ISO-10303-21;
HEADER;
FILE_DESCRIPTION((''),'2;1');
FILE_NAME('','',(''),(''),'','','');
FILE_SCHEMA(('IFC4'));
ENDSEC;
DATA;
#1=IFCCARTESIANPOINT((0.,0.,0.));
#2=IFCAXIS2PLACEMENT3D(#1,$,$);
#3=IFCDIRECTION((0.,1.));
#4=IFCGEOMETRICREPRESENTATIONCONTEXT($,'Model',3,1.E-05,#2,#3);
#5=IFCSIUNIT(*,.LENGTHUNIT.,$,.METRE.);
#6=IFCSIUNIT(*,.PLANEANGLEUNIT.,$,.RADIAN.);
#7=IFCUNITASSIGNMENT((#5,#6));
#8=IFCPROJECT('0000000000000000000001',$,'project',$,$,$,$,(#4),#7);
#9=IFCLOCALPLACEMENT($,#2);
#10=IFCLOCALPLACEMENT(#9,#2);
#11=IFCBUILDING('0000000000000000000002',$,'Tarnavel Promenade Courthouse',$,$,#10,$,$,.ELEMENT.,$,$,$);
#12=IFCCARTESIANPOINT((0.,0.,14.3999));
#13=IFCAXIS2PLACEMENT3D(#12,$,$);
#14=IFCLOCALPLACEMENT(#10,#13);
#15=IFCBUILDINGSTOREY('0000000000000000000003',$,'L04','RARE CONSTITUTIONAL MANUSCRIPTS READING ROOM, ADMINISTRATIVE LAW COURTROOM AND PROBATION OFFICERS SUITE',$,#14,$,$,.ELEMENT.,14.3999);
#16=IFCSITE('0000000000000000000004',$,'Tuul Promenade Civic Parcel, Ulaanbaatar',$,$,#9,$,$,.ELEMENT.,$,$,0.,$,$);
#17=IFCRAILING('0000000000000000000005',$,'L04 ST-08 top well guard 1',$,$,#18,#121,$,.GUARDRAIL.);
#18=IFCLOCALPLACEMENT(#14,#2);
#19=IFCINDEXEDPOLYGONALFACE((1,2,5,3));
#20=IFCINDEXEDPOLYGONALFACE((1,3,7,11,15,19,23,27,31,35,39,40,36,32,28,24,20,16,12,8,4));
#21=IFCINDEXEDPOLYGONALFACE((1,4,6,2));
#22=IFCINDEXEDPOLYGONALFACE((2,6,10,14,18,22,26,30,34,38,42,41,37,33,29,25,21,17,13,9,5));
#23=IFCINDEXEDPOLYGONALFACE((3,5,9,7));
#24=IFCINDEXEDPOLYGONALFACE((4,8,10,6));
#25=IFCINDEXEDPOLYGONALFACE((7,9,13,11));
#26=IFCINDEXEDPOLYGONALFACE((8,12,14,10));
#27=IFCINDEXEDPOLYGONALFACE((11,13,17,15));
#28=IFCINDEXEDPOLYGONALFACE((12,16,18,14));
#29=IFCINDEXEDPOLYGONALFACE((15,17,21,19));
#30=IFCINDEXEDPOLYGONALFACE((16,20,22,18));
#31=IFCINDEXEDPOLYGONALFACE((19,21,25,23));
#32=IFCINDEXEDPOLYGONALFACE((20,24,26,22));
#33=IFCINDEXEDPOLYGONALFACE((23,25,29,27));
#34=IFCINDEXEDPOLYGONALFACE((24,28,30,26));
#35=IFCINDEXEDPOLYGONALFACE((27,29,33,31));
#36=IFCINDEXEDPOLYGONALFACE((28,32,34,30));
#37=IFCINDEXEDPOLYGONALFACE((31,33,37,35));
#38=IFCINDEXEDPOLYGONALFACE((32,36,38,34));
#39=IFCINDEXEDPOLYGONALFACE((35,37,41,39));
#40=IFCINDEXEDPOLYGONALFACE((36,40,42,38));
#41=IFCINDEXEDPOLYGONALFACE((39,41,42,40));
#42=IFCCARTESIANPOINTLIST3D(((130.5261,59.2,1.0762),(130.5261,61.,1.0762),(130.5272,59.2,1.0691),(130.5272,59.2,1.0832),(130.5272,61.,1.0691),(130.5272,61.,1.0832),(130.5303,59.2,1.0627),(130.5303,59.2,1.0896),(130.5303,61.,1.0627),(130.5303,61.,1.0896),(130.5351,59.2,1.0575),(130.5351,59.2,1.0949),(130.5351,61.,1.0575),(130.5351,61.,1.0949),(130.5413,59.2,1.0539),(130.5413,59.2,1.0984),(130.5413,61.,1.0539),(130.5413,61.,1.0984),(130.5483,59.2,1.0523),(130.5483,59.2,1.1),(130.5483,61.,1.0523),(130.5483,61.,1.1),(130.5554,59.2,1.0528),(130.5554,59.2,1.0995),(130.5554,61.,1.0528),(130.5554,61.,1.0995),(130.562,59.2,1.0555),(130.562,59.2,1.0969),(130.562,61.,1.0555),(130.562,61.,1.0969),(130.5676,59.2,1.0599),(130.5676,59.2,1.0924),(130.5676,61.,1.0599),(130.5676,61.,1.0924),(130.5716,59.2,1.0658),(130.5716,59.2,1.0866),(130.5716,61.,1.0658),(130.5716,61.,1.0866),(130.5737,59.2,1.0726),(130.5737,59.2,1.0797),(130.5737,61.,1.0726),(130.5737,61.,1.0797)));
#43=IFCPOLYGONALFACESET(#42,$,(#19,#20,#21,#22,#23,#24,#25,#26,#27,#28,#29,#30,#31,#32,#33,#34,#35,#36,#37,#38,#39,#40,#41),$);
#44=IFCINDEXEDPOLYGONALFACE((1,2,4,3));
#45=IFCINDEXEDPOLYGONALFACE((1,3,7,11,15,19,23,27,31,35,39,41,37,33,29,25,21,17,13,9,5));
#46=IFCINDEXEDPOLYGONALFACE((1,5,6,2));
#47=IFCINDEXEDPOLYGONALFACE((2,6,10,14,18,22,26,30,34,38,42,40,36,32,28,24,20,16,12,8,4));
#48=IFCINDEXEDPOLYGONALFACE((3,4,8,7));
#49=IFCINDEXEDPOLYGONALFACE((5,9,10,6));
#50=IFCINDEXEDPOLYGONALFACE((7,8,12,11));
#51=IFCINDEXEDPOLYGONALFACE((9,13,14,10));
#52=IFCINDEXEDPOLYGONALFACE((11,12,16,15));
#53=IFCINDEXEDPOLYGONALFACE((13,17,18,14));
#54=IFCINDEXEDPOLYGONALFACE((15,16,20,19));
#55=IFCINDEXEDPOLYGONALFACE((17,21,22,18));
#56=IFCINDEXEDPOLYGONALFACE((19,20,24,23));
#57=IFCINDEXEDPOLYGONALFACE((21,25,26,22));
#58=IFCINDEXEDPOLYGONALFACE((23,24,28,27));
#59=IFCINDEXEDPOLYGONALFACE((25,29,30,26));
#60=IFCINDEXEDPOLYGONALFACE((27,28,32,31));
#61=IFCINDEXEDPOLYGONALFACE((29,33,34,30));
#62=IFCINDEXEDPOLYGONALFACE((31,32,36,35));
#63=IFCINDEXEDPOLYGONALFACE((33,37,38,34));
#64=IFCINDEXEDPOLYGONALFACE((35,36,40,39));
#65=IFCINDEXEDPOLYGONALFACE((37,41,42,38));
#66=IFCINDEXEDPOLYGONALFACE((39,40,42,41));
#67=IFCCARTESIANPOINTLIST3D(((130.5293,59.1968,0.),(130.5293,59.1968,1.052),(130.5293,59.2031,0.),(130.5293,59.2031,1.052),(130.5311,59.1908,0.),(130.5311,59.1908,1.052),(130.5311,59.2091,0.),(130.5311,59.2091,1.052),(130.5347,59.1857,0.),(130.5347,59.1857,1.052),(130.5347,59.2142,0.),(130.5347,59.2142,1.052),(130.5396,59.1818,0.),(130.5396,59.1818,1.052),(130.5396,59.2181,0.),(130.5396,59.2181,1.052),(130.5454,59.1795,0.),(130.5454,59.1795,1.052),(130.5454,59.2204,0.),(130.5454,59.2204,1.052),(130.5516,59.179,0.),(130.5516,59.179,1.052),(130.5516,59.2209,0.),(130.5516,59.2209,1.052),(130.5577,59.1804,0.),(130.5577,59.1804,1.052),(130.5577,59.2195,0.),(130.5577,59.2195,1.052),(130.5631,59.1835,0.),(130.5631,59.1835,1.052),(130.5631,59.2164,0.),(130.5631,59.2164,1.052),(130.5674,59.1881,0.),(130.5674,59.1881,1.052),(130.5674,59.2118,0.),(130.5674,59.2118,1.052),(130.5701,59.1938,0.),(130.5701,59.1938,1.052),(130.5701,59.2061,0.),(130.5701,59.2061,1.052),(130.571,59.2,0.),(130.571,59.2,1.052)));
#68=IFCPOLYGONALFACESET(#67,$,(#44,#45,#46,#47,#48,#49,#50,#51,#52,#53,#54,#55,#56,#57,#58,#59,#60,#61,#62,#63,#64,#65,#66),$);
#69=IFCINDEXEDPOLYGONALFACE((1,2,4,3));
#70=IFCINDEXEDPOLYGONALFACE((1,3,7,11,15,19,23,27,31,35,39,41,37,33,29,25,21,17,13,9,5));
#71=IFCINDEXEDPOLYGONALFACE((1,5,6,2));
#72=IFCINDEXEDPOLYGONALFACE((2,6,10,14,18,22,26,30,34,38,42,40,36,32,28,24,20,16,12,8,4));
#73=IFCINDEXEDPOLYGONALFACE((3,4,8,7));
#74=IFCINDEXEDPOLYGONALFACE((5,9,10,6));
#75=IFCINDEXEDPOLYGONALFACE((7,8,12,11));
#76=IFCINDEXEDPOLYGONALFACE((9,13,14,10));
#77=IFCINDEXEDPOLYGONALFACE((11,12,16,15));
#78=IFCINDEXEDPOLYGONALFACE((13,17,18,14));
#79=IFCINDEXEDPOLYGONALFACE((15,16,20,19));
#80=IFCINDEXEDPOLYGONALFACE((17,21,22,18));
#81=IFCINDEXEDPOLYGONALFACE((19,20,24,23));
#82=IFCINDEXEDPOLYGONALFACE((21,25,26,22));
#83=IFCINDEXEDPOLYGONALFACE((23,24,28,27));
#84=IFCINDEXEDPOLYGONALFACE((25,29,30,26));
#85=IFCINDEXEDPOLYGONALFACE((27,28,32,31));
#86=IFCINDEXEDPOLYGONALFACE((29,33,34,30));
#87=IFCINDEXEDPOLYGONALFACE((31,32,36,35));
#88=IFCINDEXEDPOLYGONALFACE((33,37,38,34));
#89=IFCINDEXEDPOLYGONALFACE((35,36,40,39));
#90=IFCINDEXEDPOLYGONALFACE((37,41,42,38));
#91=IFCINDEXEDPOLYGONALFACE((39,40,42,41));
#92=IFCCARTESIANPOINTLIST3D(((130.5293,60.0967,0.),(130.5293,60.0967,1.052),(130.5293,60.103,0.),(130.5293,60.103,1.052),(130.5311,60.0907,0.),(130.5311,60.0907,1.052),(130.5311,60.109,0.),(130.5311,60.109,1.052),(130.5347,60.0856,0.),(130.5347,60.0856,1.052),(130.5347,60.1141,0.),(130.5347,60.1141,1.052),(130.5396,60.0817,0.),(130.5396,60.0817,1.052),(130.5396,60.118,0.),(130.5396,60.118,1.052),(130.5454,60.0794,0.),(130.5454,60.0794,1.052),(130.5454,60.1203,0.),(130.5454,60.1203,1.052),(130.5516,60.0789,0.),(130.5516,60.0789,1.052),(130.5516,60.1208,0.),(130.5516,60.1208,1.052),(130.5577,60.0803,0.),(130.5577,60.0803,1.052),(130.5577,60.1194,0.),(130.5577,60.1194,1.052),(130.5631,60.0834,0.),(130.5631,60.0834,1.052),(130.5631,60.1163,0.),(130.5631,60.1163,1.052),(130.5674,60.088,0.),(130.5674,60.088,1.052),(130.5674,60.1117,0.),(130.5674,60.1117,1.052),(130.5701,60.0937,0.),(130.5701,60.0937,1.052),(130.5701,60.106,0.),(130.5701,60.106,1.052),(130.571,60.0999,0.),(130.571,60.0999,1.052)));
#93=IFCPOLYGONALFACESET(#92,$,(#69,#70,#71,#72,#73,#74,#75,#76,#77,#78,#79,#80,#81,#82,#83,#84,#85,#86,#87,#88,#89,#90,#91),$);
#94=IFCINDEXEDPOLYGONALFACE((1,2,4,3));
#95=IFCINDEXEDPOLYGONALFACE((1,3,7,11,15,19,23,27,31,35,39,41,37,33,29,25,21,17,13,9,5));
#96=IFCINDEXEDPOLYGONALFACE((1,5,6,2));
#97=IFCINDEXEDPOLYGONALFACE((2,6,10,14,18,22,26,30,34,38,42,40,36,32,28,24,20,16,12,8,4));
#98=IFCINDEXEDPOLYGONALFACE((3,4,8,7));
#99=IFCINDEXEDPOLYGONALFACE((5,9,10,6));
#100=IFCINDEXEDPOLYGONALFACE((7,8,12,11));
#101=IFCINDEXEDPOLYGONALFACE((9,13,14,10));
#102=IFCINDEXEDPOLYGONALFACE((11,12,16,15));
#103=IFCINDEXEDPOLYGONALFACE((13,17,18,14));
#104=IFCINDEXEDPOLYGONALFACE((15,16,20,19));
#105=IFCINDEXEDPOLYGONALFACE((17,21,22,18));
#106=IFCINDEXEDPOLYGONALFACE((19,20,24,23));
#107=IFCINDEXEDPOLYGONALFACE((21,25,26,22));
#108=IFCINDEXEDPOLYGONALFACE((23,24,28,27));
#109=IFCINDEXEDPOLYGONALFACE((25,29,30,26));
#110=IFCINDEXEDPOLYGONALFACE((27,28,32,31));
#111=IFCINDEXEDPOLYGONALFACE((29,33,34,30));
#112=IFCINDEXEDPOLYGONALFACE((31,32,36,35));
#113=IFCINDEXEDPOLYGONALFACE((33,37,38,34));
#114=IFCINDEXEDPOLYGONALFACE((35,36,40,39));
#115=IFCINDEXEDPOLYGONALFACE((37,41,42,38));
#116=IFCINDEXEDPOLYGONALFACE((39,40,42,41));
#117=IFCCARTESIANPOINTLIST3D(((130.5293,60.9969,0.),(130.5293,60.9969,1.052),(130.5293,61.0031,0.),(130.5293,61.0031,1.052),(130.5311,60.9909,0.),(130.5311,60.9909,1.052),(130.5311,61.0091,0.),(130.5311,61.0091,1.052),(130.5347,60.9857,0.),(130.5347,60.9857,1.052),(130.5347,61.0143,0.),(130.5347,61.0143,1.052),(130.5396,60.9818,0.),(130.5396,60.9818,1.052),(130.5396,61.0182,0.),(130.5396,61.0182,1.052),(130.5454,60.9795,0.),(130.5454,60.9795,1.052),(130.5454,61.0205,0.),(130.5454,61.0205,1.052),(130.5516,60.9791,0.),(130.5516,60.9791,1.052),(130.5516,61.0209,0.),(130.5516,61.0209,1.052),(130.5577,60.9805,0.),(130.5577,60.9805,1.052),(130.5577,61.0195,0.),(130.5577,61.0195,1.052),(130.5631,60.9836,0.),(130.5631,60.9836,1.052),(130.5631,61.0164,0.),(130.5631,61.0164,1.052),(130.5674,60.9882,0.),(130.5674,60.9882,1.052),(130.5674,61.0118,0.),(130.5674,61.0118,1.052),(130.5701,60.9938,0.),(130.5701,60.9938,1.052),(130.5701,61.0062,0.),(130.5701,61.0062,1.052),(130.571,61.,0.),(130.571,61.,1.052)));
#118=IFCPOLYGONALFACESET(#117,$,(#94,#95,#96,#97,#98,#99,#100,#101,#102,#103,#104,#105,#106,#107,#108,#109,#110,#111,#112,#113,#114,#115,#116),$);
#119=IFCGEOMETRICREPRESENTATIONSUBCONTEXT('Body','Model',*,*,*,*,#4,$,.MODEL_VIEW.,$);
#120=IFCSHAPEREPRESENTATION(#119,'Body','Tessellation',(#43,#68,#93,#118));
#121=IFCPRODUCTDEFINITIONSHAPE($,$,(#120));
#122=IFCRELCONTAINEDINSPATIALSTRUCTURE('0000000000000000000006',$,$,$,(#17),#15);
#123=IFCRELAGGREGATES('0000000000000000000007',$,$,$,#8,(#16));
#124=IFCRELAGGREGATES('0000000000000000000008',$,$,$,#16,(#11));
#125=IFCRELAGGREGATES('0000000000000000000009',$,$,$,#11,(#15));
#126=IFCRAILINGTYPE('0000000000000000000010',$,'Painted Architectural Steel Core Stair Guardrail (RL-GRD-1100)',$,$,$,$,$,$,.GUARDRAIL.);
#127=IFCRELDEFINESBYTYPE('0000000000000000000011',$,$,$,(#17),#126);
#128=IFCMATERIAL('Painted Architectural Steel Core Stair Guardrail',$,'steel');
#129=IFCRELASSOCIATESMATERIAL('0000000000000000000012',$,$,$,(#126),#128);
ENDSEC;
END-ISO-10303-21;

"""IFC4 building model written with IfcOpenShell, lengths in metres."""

from ifc_helpers import new_model, si_unit, direction, frame, origin, origin_2d, place, context, subcontext, project, spatial, circle, extrude, material, type_object, element, save


model = new_model("IFC4")

# Units and contexts
model_context = context("Model", 3, precision=1e-05, world=origin(), true_north=direction((0.0, 1.0)))
body_context = subcontext(model_context, "Body", "Model", "MODEL_VIEW")
ifc_project = project(units=[si_unit("LENGTHUNIT", "METRE"), si_unit("PLANEANGLEUNIT", "RADIAN")], contexts=[model_context])

# Site, building, storey
site_placement = place(None, origin())
site = spatial("IfcSite", under=ifc_project, at=site_placement, Name="Tuul Promenade Civic Parcel, Ulaanbaatar", CompositionType="ELEMENT", RefElevation=0.0)
building_placement = place(site_placement, origin())
building = spatial("IfcBuilding", under=site, at=building_placement, Name="Tarnavel Promenade Courthouse", CompositionType="ELEMENT")
storey_placement = place(building_placement, frame((0.0, 0.0, 14.3999)))
storey = spatial("IfcBuildingStorey", under=building, at=storey_placement, Name="L04", Description="RARE CONSTITUTIONAL MANUSCRIPTS READING ROOM, ADMINISTRATIVE LAW COURTROOM AND PROBATION OFFICERS SUITE", CompositionType="ELEMENT", Elevation=14.3999)

# Railing
ifc_material_1 = material(Name="Painted Architectural Steel Core Stair Guardrail", Category="steel")
railing_type = type_object("IfcRailingType", Name="Painted Architectural Steel Core Stair Guardrail (RL-GRD-1100)", PredefinedType="GUARDRAIL", material=ifc_material_1)
railing_placement = place(storey_placement, frame((130.55, 59.2, 0.0)))
element("IfcRailing", 1, at=railing_placement, inside=storey, type_object=railing_type, Name="L04 ST-08 top well guard 1", PredefinedType="GUARDRAIL", context=body_context, shape_type="SweptSolid", body=[
    extrude(circle(Radius=0.0239, at=origin_2d()), frame((0.0, 0.0, 1.0762), z_axis=(0.0, 1.0, 0.0), x_axis=(-1.0, 0.0, 0.0)), (0.0, 0.0, 1.0), 1.8),
    extrude(circle(Radius=0.021, at=origin_2d()), origin(), (0.0, 0.0, 1.0), 1.052),
    extrude(circle(Radius=0.021, at=origin_2d()), frame((0.0, 0.8999, 0.0)), (0.0, 0.0, 1.0), 1.052),
    extrude(circle(Radius=0.021, at=origin_2d()), frame((0.0, 1.8, 0.0)), (0.0, 0.0, 1.0), 1.052),
])

save(model, "model.ifc")
